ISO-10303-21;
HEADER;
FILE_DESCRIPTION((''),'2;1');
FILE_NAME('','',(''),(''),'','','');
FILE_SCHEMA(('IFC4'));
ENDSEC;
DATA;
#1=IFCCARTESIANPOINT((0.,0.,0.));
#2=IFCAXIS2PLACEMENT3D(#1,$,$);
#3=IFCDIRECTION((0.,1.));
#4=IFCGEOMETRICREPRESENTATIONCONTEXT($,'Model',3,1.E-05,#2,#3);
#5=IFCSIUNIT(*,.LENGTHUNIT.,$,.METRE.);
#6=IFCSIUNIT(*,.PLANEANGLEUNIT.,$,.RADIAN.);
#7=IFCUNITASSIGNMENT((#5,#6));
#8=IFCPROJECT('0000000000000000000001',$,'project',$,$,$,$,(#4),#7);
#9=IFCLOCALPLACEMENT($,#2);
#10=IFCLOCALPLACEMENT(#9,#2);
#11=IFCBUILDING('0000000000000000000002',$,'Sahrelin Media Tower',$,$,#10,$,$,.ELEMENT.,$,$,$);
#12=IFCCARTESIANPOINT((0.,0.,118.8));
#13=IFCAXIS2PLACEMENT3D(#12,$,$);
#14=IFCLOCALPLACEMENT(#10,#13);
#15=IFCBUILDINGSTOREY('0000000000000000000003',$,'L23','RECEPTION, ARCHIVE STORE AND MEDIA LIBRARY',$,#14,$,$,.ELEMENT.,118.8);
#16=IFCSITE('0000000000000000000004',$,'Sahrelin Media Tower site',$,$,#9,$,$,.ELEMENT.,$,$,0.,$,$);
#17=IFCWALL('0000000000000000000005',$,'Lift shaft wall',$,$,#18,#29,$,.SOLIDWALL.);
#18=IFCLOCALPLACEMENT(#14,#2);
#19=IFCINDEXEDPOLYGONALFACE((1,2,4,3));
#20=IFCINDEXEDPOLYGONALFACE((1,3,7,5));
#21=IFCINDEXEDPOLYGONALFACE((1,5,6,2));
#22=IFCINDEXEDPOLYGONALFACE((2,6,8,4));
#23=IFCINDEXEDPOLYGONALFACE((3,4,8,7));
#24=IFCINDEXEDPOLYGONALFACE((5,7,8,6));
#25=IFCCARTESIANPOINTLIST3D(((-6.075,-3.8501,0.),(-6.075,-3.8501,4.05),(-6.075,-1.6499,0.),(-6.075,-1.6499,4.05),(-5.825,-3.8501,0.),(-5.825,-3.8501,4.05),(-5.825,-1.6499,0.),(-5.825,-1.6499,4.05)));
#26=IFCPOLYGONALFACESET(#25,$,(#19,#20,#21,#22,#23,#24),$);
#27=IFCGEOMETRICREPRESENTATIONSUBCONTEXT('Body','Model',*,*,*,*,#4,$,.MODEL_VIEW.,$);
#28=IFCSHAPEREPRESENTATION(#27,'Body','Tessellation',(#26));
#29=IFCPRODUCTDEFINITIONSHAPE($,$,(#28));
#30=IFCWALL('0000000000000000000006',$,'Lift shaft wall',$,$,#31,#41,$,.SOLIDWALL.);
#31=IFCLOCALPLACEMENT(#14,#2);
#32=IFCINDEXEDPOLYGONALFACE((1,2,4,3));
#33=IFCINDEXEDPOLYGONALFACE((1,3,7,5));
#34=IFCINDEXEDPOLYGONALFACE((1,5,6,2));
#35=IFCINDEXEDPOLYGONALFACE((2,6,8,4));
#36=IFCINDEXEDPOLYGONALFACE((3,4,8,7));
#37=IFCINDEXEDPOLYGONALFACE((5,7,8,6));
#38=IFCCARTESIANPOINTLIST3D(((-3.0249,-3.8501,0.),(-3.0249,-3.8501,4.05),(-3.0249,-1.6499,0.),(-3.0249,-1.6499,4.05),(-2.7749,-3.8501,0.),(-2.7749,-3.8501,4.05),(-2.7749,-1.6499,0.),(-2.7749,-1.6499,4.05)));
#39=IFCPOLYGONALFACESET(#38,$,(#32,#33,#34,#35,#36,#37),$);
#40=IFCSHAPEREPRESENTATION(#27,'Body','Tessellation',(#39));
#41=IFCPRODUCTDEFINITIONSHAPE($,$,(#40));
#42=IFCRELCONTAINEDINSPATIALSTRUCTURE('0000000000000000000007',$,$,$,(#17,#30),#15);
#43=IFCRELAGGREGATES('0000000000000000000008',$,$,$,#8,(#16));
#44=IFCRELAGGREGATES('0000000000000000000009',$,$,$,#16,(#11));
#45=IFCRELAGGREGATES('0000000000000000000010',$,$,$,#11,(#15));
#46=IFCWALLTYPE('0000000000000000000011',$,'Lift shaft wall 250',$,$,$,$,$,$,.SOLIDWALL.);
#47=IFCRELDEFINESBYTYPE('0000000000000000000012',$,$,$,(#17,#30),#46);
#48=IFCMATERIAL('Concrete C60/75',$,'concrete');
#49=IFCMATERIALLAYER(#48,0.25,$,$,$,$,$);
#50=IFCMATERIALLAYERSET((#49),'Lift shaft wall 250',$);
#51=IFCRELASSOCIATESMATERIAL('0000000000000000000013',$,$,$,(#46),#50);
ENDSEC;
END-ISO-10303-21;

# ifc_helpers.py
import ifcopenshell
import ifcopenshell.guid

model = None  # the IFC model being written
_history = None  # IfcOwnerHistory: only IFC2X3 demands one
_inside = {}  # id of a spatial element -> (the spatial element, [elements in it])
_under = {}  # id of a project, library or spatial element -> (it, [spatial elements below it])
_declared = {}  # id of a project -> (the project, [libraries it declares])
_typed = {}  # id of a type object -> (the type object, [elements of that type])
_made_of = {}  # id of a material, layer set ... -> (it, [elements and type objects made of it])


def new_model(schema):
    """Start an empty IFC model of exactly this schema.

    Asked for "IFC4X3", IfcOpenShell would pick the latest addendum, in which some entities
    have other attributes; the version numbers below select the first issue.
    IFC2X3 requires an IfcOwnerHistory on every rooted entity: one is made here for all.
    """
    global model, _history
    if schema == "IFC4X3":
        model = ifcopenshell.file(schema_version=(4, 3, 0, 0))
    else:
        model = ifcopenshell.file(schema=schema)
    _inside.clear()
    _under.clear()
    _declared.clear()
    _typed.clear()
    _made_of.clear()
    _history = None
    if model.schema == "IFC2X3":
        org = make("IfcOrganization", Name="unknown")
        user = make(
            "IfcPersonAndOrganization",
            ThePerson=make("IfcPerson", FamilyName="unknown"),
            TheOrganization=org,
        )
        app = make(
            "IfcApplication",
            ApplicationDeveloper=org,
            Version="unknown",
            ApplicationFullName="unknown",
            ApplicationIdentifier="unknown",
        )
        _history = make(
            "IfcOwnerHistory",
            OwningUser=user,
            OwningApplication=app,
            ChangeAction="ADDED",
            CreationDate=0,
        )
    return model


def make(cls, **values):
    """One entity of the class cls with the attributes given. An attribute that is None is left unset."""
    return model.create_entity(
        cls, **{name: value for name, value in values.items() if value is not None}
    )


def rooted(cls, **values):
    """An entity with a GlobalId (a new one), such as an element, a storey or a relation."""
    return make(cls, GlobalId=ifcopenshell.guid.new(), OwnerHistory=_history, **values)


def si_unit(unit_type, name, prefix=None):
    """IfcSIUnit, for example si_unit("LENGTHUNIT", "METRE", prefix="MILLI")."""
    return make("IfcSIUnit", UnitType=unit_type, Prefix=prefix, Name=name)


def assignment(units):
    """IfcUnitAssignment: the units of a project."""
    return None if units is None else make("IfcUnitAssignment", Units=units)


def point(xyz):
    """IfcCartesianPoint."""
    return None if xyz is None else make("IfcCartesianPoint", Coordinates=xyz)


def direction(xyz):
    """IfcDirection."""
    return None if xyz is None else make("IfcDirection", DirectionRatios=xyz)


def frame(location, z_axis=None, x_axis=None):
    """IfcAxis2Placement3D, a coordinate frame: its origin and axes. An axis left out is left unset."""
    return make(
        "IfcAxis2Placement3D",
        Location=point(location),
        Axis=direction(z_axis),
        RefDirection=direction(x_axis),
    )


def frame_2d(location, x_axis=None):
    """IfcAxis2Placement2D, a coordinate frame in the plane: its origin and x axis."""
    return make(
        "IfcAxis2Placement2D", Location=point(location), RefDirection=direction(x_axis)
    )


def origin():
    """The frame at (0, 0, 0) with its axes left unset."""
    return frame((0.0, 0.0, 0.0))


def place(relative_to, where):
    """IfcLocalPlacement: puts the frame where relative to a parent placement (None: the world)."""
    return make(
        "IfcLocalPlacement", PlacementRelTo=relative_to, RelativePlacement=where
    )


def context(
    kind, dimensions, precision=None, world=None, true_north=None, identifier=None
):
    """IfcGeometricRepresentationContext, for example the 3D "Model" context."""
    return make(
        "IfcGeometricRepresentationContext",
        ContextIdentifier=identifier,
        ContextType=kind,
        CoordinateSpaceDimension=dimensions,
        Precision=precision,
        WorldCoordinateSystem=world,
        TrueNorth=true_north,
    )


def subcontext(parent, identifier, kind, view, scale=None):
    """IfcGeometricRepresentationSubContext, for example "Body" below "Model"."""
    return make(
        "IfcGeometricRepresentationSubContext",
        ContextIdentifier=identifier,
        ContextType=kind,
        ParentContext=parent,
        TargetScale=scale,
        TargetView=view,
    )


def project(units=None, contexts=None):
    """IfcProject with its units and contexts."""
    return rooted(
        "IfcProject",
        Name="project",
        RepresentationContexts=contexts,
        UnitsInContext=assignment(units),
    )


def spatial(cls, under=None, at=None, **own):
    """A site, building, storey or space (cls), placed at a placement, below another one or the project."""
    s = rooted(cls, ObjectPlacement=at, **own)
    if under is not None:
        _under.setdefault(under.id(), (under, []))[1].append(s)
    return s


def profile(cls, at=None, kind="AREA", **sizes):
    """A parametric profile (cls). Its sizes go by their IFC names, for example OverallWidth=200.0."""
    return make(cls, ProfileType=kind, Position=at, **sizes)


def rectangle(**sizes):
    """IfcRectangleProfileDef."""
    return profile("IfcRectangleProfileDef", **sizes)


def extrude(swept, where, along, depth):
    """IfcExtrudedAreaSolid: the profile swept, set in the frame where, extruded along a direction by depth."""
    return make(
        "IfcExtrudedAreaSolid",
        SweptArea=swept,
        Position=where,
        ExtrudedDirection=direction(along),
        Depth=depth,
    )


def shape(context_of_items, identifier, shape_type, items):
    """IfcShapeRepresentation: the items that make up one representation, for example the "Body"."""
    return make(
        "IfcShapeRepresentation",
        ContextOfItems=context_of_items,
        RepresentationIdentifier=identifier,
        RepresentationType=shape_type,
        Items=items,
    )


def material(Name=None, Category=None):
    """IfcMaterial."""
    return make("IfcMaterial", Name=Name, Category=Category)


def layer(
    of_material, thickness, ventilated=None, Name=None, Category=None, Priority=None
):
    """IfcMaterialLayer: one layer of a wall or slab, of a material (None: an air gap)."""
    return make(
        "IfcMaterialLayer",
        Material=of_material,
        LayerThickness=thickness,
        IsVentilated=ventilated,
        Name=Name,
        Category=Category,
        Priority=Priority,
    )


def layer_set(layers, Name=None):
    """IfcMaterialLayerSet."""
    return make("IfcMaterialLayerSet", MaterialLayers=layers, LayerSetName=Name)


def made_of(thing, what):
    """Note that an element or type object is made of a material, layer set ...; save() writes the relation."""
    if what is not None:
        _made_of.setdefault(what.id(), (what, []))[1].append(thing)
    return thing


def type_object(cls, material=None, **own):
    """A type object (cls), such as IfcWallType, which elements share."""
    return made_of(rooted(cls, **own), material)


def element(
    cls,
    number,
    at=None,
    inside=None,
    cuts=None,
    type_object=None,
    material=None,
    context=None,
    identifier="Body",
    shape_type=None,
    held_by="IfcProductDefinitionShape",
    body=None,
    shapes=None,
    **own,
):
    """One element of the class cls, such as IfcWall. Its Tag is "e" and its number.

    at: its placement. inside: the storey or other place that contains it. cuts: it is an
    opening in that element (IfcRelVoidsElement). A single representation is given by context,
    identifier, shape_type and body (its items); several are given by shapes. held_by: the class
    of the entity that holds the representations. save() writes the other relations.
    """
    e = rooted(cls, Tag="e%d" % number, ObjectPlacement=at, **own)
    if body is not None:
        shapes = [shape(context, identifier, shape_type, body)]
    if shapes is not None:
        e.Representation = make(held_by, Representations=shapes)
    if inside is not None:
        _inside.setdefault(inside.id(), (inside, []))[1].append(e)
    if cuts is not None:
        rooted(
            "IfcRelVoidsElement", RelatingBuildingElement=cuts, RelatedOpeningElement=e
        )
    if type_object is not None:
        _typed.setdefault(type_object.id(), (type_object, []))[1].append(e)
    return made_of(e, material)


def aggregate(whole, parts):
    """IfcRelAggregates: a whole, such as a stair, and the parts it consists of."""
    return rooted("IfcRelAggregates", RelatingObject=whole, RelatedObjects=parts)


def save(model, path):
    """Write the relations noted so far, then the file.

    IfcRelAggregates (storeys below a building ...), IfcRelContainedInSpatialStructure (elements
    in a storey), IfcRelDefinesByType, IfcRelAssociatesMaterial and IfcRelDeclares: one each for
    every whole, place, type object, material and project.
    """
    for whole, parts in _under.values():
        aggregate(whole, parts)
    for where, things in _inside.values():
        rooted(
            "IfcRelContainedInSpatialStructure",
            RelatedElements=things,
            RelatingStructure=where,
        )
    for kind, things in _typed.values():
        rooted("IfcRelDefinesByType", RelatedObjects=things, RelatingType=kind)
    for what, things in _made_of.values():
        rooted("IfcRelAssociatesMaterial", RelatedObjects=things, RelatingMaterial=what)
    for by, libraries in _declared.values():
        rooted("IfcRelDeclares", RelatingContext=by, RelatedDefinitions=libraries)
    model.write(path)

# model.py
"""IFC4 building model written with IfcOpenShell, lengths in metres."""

from ifc_helpers import new_model, si_unit, direction, frame, frame_2d, origin, place, context, subcontext, project, spatial, rectangle, extrude, material, layer, layer_set, type_object, element, save


model = new_model("IFC4")

# Units and contexts
model_context = context("Model", 3, precision=1e-05, world=origin(), true_north=direction((0.0, 1.0)))
body_context = subcontext(model_context, "Body", "Model", "MODEL_VIEW")
ifc_project = project(units=[si_unit("LENGTHUNIT", "METRE"), si_unit("PLANEANGLEUNIT", "RADIAN")], contexts=[model_context])

# Site, building, storey
site_placement = place(None, origin())
site = spatial("IfcSite", under=ifc_project, at=site_placement, Name="Sahrelin Media Tower site", CompositionType="ELEMENT", RefElevation=0.0)
building_placement = place(site_placement, origin())
building = spatial("IfcBuilding", under=site, at=building_placement, Name="Sahrelin Media Tower", CompositionType="ELEMENT")
storey_placement = place(building_placement, frame((0.0, 0.0, 118.8)))
storey = spatial("IfcBuildingStorey", under=building, at=storey_placement, Name="L23", Description="RECEPTION, ARCHIVE STORE AND MEDIA LIBRARY", CompositionType="ELEMENT", Elevation=118.8)

# Shared definitions
ifc_material_1 = material(Name="Concrete C60/75", Category="concrete")

# Shared definitions
ifc_layer_1 = layer(ifc_material_1, 0.25)
ifc_layer_set_1 = layer_set([ifc_layer_1], Name="Lift shaft wall 250")
wall_type_1 = type_object("IfcWallType", Name="Lift shaft wall 250", PredefinedType="SOLIDWALL", material=ifc_layer_set_1)

# Walls
for number, where, z_axis, x_axis, name in (
    (1, (-5.95, -3.8501, 0.0), (0.0, 0.0, 1.0), (0.0, 1.0, 0.0), "Lift shaft wall"),
    (2, (-2.8999, -3.8501, 0.0), (0.0, 0.0, 1.0), (0.0, 1.0, 0.0), "Lift shaft wall"),
):
    element("IfcWall", number, at=place(storey_placement, frame(where, z_axis=z_axis, x_axis=x_axis)), inside=storey, type_object=wall_type_1, Name=name, PredefinedType="SOLIDWALL", context=body_context, shape_type="SweptSolid", body=[
        extrude(rectangle(XDim=2.2002, YDim=0.25, at=frame_2d((1.1001, 0.0))), origin(), (0.0, 0.0, 1.0), 4.05),
    ])

save(model, "model.ifc")
